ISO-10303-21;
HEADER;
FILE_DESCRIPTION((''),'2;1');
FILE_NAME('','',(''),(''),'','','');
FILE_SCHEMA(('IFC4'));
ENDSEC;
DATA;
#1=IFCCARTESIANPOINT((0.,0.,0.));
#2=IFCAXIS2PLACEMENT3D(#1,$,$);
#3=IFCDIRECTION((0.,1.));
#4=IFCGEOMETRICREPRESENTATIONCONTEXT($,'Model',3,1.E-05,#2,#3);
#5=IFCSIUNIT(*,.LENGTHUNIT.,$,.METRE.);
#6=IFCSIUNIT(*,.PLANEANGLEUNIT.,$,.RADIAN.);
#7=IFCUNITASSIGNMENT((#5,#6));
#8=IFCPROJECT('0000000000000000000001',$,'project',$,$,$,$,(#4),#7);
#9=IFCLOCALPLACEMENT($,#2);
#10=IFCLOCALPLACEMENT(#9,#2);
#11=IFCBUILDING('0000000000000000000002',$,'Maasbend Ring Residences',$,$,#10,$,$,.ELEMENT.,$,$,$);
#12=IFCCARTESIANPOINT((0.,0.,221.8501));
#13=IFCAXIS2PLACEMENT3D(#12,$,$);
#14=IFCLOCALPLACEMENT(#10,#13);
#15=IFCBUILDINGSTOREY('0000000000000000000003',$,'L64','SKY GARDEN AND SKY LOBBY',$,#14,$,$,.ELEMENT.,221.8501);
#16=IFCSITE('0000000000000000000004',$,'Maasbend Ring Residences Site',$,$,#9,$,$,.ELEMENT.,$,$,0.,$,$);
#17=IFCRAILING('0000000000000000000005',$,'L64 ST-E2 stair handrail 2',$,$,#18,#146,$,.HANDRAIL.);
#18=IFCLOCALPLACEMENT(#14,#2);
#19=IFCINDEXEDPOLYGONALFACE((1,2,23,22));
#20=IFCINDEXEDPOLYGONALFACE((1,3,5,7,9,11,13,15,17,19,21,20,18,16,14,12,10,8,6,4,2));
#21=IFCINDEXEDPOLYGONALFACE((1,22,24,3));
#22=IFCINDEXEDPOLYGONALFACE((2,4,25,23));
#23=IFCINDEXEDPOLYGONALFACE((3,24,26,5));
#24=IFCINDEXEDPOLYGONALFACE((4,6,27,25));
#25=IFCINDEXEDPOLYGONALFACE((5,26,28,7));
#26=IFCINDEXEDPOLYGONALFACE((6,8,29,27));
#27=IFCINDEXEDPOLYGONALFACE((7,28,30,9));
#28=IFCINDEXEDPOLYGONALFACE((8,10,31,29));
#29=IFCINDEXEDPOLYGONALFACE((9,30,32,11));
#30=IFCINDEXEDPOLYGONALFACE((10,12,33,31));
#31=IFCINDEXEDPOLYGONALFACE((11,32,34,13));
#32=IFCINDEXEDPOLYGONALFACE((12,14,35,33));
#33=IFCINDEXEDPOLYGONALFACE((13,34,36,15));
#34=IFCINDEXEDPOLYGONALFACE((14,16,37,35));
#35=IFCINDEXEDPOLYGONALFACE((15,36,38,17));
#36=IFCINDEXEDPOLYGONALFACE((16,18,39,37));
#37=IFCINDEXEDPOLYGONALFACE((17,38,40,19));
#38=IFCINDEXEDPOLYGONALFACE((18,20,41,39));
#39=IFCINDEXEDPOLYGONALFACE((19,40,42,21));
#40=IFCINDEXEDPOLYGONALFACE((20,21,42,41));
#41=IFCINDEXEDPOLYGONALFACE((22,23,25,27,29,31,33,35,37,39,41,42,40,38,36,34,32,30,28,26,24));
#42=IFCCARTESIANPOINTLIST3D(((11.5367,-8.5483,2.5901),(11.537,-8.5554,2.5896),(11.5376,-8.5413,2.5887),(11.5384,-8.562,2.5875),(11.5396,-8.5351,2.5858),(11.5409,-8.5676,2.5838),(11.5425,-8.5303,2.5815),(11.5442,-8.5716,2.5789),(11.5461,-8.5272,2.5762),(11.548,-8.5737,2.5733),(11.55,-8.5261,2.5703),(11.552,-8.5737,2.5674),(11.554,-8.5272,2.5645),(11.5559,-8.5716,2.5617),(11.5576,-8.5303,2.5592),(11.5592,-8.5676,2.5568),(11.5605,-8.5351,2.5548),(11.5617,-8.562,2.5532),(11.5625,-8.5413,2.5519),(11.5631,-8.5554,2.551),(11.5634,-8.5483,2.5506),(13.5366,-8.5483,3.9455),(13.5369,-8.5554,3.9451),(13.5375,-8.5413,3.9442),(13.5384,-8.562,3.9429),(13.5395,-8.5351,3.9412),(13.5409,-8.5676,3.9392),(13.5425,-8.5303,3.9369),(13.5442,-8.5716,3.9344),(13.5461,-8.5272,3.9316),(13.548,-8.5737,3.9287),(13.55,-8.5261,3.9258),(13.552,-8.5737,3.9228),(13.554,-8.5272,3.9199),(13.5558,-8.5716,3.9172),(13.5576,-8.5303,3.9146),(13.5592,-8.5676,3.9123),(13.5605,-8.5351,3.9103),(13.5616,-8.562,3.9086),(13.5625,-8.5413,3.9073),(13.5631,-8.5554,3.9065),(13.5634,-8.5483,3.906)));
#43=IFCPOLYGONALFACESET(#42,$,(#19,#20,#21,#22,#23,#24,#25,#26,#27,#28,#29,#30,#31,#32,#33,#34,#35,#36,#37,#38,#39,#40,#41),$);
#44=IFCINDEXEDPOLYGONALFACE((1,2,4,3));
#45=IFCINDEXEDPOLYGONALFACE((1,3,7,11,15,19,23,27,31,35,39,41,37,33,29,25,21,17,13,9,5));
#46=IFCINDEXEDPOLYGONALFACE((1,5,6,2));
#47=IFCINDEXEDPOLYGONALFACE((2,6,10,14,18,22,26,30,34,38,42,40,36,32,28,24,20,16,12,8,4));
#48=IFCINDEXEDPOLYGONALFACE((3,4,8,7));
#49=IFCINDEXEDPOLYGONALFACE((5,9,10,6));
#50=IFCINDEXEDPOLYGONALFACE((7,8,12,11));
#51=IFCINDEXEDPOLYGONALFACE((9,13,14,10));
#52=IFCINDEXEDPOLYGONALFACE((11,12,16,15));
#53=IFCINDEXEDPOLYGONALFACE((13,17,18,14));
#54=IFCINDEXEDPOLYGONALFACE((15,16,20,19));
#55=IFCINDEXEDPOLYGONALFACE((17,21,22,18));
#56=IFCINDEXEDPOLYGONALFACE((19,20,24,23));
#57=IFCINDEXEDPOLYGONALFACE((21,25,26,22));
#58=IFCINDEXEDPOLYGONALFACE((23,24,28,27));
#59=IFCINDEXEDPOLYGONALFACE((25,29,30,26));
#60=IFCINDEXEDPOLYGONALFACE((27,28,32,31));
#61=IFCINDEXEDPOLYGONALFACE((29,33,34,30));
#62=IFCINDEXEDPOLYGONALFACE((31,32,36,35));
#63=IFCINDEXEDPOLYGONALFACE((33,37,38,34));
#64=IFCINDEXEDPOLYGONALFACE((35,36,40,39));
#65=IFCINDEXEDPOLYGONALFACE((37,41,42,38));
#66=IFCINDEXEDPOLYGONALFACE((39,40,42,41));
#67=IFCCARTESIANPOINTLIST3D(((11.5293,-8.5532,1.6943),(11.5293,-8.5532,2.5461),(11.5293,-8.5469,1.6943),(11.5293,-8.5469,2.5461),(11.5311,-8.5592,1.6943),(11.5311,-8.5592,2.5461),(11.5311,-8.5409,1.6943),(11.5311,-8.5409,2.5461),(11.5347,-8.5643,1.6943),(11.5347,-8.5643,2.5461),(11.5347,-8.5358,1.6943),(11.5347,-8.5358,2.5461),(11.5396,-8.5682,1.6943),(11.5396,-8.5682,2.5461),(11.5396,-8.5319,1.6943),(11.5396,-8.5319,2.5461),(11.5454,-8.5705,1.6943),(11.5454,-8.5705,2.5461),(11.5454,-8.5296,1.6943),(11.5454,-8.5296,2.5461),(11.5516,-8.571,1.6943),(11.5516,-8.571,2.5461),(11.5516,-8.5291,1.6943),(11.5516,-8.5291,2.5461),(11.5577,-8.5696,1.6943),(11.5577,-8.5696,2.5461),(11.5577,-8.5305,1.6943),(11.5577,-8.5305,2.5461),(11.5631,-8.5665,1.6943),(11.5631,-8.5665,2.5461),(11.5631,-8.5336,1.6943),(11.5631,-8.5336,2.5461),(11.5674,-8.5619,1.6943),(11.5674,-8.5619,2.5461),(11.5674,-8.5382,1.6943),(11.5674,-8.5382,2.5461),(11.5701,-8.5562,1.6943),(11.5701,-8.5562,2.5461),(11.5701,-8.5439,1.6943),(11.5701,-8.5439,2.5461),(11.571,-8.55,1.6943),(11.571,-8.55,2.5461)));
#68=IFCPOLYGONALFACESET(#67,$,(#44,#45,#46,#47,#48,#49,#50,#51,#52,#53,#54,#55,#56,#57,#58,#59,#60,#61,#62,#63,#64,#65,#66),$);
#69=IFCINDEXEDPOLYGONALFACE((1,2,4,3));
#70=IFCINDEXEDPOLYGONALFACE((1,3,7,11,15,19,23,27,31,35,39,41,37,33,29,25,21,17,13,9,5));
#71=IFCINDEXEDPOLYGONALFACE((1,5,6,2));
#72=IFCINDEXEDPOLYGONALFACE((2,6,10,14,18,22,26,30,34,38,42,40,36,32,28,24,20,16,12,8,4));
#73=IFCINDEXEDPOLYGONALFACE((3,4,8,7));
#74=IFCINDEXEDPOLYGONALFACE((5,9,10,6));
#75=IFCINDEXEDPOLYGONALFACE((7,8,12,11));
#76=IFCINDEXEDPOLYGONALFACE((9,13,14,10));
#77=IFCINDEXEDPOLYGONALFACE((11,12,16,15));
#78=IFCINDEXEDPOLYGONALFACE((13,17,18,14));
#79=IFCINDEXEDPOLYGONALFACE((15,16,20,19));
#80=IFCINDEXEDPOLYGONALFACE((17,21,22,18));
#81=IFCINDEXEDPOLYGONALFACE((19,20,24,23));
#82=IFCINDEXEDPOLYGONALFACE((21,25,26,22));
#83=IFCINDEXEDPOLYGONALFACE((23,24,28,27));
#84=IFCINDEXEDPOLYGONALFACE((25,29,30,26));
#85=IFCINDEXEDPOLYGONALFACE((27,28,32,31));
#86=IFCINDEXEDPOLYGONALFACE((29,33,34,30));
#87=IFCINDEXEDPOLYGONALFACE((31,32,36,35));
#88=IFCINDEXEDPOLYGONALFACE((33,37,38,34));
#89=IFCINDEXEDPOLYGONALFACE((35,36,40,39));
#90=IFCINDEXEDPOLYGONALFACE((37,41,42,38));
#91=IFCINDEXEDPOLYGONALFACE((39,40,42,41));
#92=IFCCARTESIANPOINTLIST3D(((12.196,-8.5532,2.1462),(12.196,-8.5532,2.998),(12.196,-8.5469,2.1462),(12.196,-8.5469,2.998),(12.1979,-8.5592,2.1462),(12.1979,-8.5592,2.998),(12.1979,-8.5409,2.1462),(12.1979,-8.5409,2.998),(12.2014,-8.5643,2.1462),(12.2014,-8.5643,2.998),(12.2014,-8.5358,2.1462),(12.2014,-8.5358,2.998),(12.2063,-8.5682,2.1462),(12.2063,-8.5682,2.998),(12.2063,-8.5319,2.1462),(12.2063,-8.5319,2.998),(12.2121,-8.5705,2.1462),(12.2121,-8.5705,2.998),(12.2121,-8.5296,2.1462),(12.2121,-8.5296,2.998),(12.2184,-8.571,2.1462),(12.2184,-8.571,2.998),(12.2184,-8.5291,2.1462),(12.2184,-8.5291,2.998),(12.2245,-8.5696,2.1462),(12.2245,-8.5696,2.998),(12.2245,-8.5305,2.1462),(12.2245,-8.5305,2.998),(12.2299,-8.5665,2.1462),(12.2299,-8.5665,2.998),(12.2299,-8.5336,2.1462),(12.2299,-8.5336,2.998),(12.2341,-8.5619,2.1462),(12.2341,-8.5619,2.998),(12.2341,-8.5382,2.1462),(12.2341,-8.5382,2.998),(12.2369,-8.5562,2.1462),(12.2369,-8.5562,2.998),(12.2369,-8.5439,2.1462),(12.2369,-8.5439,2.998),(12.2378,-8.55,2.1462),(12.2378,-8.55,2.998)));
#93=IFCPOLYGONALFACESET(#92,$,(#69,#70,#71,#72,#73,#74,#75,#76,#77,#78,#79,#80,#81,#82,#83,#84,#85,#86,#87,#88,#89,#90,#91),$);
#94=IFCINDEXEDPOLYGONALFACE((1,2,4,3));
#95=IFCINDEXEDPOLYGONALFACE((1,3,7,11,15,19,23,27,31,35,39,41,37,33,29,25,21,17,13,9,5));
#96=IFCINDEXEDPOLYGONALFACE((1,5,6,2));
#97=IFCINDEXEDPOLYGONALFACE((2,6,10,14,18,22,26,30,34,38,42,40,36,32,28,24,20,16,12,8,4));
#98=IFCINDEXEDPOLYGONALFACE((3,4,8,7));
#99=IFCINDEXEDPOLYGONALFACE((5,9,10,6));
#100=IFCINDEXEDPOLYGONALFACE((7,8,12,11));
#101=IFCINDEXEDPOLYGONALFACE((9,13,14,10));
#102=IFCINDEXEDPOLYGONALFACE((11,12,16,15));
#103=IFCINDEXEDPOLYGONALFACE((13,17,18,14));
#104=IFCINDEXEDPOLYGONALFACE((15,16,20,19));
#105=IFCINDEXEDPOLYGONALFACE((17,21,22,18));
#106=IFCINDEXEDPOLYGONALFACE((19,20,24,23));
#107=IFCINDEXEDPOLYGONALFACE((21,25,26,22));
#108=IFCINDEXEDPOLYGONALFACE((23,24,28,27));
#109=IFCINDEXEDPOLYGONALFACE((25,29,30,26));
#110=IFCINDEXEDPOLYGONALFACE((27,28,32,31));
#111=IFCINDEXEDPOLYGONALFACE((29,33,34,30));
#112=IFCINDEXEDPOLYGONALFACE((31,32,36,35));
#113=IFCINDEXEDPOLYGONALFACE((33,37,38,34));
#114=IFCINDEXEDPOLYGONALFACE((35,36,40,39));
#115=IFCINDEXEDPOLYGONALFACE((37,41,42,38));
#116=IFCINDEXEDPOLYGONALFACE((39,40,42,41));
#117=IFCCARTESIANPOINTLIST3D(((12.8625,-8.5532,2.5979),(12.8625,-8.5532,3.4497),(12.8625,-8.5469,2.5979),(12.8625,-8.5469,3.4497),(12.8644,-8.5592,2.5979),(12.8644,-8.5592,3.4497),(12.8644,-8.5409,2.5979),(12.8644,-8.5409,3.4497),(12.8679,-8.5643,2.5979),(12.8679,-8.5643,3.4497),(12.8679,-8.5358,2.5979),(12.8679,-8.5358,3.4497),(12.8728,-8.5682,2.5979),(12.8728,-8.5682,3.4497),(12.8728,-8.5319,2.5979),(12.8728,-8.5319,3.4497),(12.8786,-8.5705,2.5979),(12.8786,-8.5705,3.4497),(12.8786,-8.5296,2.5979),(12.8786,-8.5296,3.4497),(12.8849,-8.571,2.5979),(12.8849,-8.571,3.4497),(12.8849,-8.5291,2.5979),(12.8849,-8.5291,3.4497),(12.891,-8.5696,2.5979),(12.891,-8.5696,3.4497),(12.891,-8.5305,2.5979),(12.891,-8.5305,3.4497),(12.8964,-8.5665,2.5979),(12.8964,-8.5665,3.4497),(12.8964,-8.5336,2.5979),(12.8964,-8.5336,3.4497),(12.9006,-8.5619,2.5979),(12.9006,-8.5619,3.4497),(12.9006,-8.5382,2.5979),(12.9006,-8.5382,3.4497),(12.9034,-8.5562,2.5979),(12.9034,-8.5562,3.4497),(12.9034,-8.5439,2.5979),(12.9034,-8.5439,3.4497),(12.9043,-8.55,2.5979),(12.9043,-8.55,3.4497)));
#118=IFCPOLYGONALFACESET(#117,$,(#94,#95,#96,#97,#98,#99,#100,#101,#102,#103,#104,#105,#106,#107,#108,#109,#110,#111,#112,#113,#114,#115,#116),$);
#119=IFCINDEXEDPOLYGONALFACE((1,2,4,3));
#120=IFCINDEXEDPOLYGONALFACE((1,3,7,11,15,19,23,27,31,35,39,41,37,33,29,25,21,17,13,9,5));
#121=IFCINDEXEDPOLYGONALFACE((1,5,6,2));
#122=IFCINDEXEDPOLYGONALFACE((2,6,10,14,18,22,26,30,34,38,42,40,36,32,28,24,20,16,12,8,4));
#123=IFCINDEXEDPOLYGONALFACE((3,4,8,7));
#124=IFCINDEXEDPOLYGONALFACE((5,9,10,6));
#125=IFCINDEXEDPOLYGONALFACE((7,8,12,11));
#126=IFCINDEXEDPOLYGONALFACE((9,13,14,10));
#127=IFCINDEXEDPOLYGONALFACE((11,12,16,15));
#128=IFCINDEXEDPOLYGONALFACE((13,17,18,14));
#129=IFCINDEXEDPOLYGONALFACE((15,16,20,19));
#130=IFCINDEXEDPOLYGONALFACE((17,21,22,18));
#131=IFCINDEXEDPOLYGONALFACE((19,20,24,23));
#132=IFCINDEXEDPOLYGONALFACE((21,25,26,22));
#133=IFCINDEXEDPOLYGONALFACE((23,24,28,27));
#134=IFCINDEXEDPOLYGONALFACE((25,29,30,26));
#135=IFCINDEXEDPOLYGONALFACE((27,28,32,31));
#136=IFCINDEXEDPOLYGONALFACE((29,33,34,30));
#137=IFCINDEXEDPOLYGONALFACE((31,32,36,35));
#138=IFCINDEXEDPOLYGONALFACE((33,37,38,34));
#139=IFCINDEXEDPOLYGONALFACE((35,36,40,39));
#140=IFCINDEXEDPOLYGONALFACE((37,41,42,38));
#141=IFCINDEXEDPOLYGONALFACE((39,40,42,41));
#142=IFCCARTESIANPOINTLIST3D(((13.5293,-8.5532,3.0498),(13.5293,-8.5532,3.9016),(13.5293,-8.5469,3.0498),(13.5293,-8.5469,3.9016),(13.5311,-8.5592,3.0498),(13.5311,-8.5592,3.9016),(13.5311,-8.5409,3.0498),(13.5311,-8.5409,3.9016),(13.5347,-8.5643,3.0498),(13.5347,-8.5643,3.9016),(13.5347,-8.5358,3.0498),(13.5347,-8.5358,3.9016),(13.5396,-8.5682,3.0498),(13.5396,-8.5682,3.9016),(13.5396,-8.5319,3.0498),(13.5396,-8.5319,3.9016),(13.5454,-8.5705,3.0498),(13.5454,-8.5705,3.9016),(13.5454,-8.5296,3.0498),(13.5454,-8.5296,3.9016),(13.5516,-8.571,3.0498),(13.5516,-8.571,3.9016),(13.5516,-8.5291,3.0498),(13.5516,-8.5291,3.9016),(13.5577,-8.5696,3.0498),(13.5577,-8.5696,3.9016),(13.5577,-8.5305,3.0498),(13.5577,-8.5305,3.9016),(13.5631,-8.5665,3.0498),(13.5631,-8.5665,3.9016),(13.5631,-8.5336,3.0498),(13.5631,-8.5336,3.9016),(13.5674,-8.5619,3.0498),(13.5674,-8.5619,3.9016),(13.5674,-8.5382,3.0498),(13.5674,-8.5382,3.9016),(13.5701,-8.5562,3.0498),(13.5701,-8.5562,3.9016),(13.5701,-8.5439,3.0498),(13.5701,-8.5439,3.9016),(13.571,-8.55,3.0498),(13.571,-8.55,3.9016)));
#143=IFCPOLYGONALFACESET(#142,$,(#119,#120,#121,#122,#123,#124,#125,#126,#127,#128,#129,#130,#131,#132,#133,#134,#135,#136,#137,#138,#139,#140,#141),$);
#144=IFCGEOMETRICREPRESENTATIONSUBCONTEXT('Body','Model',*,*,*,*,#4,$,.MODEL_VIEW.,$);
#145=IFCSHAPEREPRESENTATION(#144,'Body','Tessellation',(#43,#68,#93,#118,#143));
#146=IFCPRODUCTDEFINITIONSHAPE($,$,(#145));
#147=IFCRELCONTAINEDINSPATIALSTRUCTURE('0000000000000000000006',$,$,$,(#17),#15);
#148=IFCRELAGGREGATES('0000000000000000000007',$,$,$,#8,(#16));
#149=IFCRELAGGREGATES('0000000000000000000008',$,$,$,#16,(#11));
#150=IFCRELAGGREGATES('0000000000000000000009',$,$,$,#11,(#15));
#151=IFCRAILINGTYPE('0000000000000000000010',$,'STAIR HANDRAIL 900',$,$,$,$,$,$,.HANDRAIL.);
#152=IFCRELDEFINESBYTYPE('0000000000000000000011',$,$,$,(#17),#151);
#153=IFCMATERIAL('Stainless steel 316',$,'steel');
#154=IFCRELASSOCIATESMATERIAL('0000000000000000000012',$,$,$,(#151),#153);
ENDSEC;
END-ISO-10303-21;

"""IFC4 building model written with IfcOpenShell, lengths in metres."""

from ifc_helpers import new_model, si_unit, direction, frame, origin, origin_2d, place, context, subcontext, project, spatial, circle, extrude, material, type_object, element, save


model = new_model("IFC4")

# Units and contexts
model_context = context("Model", 3, precision=1e-05, world=origin(), true_north=direction((0.0, 1.0)))
body_context = subcontext(model_context, "Body", "Model", "MODEL_VIEW")
ifc_project = project(units=[si_unit("LENGTHUNIT", "METRE"), si_unit("PLANEANGLEUNIT", "RADIAN")], contexts=[model_context])

# Site, building, storey
site_placement = place(None, origin())
site = spatial("IfcSite", under=ifc_project, at=site_placement, Name="Maasbend Ring Residences Site", CompositionType="ELEMENT", RefElevation=0.0)
building_placement = place(site_placement, origin())
building = spatial("IfcBuilding", under=site, at=building_placement, Name="Maasbend Ring Residences", CompositionType="ELEMENT")
storey_placement = place(building_placement, frame((0.0, 0.0, 221.8501)))
storey = spatial("IfcBuildingStorey", under=building, at=storey_placement, Name="L64", Description="SKY GARDEN AND SKY LOBBY", CompositionType="ELEMENT", Elevation=221.8501)

# Railing
ifc_material_1 = material(Name="Stainless steel 316", Category="steel")
railing_type_1 = type_object("IfcRailingType", Name="STAIR HANDRAIL 900", PredefinedType="HANDRAIL", material=ifc_material_1)
railing_1_placement = place(storey_placement, frame((11.55, -8.55, 1.6943)))
element("IfcRailing", 1, at=railing_1_placement, inside=storey, type_object=railing_type_1, Name="L64 ST-E2 stair handrail 2", PredefinedType="HANDRAIL", context=body_context, shape_type="SweptSolid", body=[
    extrude(circle(Radius=0.0239, at=origin_2d()), frame((0.0, 0.0, 0.876), z_axis=(0.827798, 0.0, 0.561027), x_axis=(0.0, 1.0, 0.0)), (0.0, 0.0, 1.0), 2.416),
    extrude(circle(Radius=0.021, at=origin_2d()), origin(), (0.0, 0.0, 1.0), 0.8518),
    extrude(circle(Radius=0.021, at=origin_2d()), frame((0.6667, 0.0, 0.4519)), (0.0, 0.0, 1.0), 0.8518),
    extrude(circle(Radius=0.021, at=origin_2d()), frame((1.3333, 0.0, 0.9036)), (0.0, 0.0, 1.0), 0.8518),
    extrude(circle(Radius=0.021, at=origin_2d()), frame((2.0, 0.0, 1.3555)), (0.0, 0.0, 1.0), 0.8518),
])

save(model, "model.ifc")
